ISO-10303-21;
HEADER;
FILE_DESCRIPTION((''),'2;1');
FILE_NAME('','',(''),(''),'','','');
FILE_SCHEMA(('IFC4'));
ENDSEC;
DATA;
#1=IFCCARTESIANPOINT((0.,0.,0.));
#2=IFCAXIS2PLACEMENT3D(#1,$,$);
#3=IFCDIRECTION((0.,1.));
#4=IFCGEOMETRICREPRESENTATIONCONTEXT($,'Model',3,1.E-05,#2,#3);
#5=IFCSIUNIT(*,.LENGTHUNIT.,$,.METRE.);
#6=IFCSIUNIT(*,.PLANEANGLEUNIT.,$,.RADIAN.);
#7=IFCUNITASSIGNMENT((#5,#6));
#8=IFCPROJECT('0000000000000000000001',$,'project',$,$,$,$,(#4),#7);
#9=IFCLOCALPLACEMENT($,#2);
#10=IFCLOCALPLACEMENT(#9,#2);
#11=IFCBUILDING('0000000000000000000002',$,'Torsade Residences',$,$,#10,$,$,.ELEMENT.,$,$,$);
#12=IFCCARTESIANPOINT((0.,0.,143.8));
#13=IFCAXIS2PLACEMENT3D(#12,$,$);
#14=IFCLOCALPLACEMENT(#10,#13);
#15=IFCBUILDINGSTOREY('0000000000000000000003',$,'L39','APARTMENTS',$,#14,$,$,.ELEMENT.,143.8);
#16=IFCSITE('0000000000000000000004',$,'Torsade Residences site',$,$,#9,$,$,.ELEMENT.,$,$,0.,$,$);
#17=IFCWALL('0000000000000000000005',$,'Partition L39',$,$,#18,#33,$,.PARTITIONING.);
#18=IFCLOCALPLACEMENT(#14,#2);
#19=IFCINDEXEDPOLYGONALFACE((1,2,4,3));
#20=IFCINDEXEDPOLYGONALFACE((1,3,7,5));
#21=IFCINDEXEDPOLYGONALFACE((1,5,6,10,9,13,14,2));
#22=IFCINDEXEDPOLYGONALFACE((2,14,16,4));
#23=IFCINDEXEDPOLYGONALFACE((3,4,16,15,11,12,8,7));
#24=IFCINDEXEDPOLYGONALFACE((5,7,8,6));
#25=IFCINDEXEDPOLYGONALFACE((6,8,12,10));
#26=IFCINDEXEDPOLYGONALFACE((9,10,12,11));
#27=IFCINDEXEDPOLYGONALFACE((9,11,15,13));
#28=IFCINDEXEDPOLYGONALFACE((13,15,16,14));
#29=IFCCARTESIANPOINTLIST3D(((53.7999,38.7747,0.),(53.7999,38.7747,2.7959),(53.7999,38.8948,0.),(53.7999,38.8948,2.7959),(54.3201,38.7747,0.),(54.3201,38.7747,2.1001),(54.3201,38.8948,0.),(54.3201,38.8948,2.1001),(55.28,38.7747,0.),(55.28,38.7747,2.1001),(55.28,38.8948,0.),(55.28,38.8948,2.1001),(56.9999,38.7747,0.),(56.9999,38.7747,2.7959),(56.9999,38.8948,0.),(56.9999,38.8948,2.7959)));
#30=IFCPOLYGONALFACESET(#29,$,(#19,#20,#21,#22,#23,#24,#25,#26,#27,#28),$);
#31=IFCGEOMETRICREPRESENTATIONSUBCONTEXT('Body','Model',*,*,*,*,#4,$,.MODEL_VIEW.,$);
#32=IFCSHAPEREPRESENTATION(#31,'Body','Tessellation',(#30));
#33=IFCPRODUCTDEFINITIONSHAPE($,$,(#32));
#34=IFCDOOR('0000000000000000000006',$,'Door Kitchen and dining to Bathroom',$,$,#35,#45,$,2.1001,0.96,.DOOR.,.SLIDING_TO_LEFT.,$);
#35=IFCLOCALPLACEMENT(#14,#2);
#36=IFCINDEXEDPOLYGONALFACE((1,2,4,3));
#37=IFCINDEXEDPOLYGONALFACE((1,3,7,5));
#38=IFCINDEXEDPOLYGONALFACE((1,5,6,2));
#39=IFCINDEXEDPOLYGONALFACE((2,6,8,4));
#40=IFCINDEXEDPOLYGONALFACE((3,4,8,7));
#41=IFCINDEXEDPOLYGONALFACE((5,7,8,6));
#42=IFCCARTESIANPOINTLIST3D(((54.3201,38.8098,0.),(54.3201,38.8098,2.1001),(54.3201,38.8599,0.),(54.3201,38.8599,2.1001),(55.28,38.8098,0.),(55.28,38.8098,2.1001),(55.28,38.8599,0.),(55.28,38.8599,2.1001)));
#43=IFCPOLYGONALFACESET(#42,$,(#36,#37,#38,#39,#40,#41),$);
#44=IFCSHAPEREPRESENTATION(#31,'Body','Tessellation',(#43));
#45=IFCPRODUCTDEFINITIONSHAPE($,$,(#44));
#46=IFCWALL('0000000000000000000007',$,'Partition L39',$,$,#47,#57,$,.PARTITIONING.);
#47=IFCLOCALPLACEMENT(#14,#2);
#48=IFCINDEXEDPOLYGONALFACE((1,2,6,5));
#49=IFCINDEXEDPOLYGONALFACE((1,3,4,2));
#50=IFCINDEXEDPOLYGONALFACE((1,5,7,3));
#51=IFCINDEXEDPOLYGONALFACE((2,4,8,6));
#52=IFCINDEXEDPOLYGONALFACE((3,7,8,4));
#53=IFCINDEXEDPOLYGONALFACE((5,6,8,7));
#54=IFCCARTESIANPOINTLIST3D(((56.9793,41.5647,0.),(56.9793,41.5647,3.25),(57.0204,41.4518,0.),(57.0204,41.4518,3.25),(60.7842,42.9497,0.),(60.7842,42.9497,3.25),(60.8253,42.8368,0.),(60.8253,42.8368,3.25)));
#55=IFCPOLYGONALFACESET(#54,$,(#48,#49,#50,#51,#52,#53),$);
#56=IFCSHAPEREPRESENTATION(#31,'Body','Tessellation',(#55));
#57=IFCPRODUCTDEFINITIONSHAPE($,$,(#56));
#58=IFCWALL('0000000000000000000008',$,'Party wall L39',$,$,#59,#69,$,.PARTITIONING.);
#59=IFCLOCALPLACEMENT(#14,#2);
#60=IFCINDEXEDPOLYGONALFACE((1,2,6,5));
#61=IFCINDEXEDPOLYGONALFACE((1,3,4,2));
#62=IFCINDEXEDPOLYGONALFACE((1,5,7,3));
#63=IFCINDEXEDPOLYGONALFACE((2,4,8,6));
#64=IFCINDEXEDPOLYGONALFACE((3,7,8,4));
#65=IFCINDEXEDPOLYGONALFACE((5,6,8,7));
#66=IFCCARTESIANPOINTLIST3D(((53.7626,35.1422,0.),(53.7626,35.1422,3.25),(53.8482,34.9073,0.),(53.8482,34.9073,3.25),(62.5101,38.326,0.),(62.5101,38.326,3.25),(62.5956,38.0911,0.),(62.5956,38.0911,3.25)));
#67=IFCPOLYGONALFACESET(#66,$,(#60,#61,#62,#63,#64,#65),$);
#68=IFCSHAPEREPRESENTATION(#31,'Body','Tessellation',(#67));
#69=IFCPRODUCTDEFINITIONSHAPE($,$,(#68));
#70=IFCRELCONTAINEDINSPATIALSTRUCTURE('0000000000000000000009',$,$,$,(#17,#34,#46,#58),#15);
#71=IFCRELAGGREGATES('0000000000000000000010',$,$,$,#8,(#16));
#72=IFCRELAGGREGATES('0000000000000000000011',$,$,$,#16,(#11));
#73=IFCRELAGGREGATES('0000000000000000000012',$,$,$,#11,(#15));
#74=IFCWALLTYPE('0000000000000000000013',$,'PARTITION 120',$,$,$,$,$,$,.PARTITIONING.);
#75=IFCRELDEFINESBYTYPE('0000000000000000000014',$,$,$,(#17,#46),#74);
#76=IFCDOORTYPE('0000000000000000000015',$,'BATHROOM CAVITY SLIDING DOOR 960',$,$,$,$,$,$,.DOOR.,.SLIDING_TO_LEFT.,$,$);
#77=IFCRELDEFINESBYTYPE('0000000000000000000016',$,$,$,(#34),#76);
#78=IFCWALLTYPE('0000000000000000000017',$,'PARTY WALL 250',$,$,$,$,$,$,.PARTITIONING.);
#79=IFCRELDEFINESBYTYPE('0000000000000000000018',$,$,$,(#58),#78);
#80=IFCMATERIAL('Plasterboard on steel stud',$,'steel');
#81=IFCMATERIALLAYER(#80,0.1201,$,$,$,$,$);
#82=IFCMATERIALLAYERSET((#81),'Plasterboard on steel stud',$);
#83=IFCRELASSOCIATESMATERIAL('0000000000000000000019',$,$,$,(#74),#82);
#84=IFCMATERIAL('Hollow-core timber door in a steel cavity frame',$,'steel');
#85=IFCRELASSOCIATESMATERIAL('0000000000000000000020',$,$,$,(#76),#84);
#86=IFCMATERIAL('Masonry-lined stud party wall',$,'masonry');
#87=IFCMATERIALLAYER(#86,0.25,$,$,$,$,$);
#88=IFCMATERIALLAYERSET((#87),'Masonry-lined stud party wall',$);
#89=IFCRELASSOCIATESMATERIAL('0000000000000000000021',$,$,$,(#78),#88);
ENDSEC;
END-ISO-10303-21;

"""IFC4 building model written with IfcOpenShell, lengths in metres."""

from ifc_helpers import new_model, si_unit, direction, frame, frame_2d, origin, place, context, subcontext, project, spatial, rectangle, extrude, material, layer, layer_set, type_object, element, fill, save


model = new_model("IFC4")

# Units and contexts
model_context = context("Model", 3, precision=1e-05, world=origin(), true_north=direction((0.0, 1.0)))
body_context = subcontext(model_context, "Body", "Model", "MODEL_VIEW")
ifc_project = project(units=[si_unit("LENGTHUNIT", "METRE"), si_unit("PLANEANGLEUNIT", "RADIAN")], contexts=[model_context])

# Site, building, storey
site_placement = place(None, origin())
site = spatial("IfcSite", under=ifc_project, at=site_placement, Name="Torsade Residences site", CompositionType="ELEMENT", RefElevation=0.0)
building_placement = place(site_placement, origin())
building = spatial("IfcBuilding", under=site, at=building_placement, Name="Torsade Residences", CompositionType="ELEMENT")
storey_placement = place(building_placement, frame((0.0, 0.0, 143.8)))
storey = spatial("IfcBuildingStorey", under=building, at=storey_placement, Name="L39", Description="APARTMENTS", CompositionType="ELEMENT", Elevation=143.8)

# Wall, opening, door
ifc_material_1 = material(Name="Plasterboard on steel stud", Category="steel")
ifc_layer_1 = layer(ifc_material_1, 0.1201)
ifc_layer_set_1 = layer_set([ifc_layer_1], Name="Plasterboard on steel stud")
wall_type_1 = type_object("IfcWallType", Name="PARTITION 120", PredefinedType="PARTITIONING", material=ifc_layer_set_1)
wall_1_placement = place(storey_placement, frame((57.0, 38.8347, 0.0), z_axis=(0.0, 0.0, 1.0), x_axis=(-1.0, 0.0, 0.0)))
wall_1 = element("IfcWall", 1, at=wall_1_placement, inside=storey, type_object=wall_type_1, Name="Partition L39", PredefinedType="PARTITIONING", context=body_context, shape_type="SweptSolid", body=[
    extrude(rectangle(XDim=3.2, YDim=0.1201, at=frame_2d((1.6001, 0.0))), origin(), (0.0, 0.0, 1.0), 2.7959),
])
opening_1_placement = place(wall_1_placement, frame((1.72, 0.0, 0.0)))
opening_1 = element("IfcOpeningElement", 2, at=opening_1_placement, cuts=wall_1, PredefinedType="OPENING", context=body_context, shape_type="SweptSolid", body=[
    extrude(rectangle(XDim=0.96, YDim=2.1001, at=frame_2d((0.48, 1.05))), frame((0.0, 0.0701, 0.0), z_axis=(0.0, -1.0, 0.0), x_axis=(1.0, 0.0, 0.0)), (0.0, 0.0, 1.0), 0.1401),
])
ifc_material_2 = material(Name="Hollow-core timber door in a steel cavity frame", Category="steel")
door_type_1 = type_object("IfcDoorType", Name="BATHROOM CAVITY SLIDING DOOR 960", OperationType="SLIDING_TO_LEFT", PredefinedType="DOOR", material=ifc_material_2)
door_1_placement = place(opening_1_placement, origin())
door_1 = element("IfcDoor", 3, at=door_1_placement, inside=storey, type_object=door_type_1, Name="Door Kitchen and dining to Bathroom", OperationType="SLIDING_TO_LEFT", OverallHeight=2.1001, OverallWidth=0.96, PredefinedType="DOOR", context=body_context, shape_type="SweptSolid", body=[
    extrude(rectangle(XDim=0.96, YDim=2.1001, at=frame_2d((0.48, 1.05))), frame((0.0, 0.0249, 0.0), z_axis=(0.0, -1.0, 0.0), x_axis=(1.0, 0.0, 0.0)), (0.0, 0.0, 1.0), 0.05),
])
fill(opening_1, door_1)

# Walls
wall_2_placement = place(storey_placement, frame((57.0, 41.5083, 0.0), z_axis=(0.0, 0.0, 1.0), x_axis=(0.939682, 0.342048, 0.0)))
element("IfcWall", 4, at=wall_2_placement, inside=storey, type_object=wall_type_1, Name="Partition L39", PredefinedType="PARTITIONING", context=body_context, shape_type="SweptSolid", body=[
    extrude(rectangle(XDim=4.0491, YDim=0.1201, at=frame_2d((2.0244, 0.0))), origin(), (0.0, 0.0, 1.0), 3.25),
])
ifc_material_3 = material(Name="Masonry-lined stud party wall", Category="masonry")
ifc_layer_2 = layer(ifc_material_3, 0.25)
ifc_layer_set_2 = layer_set([ifc_layer_2], Name="Masonry-lined stud party wall")
wall_type_2 = type_object("IfcWallType", Name="PARTY WALL 250", PredefinedType="PARTITIONING", material=ifc_layer_set_2)
wall_3_placement = place(storey_placement, frame((62.5527, 38.2085, 0.0), z_axis=(0.0, 0.0, 1.0), x_axis=(-0.939693, -0.342019, 0.0)))
element("IfcWall", 5, at=wall_3_placement, inside=storey, type_object=wall_type_2, Name="Party wall L39", PredefinedType="PARTITIONING", context=body_context, shape_type="SweptSolid", body=[
    extrude(rectangle(XDim=9.3088, YDim=0.25, at=frame_2d((4.6543, 0.0))), origin(), (0.0, 0.0, 1.0), 3.25),
])

save(model, "model.ifc")
